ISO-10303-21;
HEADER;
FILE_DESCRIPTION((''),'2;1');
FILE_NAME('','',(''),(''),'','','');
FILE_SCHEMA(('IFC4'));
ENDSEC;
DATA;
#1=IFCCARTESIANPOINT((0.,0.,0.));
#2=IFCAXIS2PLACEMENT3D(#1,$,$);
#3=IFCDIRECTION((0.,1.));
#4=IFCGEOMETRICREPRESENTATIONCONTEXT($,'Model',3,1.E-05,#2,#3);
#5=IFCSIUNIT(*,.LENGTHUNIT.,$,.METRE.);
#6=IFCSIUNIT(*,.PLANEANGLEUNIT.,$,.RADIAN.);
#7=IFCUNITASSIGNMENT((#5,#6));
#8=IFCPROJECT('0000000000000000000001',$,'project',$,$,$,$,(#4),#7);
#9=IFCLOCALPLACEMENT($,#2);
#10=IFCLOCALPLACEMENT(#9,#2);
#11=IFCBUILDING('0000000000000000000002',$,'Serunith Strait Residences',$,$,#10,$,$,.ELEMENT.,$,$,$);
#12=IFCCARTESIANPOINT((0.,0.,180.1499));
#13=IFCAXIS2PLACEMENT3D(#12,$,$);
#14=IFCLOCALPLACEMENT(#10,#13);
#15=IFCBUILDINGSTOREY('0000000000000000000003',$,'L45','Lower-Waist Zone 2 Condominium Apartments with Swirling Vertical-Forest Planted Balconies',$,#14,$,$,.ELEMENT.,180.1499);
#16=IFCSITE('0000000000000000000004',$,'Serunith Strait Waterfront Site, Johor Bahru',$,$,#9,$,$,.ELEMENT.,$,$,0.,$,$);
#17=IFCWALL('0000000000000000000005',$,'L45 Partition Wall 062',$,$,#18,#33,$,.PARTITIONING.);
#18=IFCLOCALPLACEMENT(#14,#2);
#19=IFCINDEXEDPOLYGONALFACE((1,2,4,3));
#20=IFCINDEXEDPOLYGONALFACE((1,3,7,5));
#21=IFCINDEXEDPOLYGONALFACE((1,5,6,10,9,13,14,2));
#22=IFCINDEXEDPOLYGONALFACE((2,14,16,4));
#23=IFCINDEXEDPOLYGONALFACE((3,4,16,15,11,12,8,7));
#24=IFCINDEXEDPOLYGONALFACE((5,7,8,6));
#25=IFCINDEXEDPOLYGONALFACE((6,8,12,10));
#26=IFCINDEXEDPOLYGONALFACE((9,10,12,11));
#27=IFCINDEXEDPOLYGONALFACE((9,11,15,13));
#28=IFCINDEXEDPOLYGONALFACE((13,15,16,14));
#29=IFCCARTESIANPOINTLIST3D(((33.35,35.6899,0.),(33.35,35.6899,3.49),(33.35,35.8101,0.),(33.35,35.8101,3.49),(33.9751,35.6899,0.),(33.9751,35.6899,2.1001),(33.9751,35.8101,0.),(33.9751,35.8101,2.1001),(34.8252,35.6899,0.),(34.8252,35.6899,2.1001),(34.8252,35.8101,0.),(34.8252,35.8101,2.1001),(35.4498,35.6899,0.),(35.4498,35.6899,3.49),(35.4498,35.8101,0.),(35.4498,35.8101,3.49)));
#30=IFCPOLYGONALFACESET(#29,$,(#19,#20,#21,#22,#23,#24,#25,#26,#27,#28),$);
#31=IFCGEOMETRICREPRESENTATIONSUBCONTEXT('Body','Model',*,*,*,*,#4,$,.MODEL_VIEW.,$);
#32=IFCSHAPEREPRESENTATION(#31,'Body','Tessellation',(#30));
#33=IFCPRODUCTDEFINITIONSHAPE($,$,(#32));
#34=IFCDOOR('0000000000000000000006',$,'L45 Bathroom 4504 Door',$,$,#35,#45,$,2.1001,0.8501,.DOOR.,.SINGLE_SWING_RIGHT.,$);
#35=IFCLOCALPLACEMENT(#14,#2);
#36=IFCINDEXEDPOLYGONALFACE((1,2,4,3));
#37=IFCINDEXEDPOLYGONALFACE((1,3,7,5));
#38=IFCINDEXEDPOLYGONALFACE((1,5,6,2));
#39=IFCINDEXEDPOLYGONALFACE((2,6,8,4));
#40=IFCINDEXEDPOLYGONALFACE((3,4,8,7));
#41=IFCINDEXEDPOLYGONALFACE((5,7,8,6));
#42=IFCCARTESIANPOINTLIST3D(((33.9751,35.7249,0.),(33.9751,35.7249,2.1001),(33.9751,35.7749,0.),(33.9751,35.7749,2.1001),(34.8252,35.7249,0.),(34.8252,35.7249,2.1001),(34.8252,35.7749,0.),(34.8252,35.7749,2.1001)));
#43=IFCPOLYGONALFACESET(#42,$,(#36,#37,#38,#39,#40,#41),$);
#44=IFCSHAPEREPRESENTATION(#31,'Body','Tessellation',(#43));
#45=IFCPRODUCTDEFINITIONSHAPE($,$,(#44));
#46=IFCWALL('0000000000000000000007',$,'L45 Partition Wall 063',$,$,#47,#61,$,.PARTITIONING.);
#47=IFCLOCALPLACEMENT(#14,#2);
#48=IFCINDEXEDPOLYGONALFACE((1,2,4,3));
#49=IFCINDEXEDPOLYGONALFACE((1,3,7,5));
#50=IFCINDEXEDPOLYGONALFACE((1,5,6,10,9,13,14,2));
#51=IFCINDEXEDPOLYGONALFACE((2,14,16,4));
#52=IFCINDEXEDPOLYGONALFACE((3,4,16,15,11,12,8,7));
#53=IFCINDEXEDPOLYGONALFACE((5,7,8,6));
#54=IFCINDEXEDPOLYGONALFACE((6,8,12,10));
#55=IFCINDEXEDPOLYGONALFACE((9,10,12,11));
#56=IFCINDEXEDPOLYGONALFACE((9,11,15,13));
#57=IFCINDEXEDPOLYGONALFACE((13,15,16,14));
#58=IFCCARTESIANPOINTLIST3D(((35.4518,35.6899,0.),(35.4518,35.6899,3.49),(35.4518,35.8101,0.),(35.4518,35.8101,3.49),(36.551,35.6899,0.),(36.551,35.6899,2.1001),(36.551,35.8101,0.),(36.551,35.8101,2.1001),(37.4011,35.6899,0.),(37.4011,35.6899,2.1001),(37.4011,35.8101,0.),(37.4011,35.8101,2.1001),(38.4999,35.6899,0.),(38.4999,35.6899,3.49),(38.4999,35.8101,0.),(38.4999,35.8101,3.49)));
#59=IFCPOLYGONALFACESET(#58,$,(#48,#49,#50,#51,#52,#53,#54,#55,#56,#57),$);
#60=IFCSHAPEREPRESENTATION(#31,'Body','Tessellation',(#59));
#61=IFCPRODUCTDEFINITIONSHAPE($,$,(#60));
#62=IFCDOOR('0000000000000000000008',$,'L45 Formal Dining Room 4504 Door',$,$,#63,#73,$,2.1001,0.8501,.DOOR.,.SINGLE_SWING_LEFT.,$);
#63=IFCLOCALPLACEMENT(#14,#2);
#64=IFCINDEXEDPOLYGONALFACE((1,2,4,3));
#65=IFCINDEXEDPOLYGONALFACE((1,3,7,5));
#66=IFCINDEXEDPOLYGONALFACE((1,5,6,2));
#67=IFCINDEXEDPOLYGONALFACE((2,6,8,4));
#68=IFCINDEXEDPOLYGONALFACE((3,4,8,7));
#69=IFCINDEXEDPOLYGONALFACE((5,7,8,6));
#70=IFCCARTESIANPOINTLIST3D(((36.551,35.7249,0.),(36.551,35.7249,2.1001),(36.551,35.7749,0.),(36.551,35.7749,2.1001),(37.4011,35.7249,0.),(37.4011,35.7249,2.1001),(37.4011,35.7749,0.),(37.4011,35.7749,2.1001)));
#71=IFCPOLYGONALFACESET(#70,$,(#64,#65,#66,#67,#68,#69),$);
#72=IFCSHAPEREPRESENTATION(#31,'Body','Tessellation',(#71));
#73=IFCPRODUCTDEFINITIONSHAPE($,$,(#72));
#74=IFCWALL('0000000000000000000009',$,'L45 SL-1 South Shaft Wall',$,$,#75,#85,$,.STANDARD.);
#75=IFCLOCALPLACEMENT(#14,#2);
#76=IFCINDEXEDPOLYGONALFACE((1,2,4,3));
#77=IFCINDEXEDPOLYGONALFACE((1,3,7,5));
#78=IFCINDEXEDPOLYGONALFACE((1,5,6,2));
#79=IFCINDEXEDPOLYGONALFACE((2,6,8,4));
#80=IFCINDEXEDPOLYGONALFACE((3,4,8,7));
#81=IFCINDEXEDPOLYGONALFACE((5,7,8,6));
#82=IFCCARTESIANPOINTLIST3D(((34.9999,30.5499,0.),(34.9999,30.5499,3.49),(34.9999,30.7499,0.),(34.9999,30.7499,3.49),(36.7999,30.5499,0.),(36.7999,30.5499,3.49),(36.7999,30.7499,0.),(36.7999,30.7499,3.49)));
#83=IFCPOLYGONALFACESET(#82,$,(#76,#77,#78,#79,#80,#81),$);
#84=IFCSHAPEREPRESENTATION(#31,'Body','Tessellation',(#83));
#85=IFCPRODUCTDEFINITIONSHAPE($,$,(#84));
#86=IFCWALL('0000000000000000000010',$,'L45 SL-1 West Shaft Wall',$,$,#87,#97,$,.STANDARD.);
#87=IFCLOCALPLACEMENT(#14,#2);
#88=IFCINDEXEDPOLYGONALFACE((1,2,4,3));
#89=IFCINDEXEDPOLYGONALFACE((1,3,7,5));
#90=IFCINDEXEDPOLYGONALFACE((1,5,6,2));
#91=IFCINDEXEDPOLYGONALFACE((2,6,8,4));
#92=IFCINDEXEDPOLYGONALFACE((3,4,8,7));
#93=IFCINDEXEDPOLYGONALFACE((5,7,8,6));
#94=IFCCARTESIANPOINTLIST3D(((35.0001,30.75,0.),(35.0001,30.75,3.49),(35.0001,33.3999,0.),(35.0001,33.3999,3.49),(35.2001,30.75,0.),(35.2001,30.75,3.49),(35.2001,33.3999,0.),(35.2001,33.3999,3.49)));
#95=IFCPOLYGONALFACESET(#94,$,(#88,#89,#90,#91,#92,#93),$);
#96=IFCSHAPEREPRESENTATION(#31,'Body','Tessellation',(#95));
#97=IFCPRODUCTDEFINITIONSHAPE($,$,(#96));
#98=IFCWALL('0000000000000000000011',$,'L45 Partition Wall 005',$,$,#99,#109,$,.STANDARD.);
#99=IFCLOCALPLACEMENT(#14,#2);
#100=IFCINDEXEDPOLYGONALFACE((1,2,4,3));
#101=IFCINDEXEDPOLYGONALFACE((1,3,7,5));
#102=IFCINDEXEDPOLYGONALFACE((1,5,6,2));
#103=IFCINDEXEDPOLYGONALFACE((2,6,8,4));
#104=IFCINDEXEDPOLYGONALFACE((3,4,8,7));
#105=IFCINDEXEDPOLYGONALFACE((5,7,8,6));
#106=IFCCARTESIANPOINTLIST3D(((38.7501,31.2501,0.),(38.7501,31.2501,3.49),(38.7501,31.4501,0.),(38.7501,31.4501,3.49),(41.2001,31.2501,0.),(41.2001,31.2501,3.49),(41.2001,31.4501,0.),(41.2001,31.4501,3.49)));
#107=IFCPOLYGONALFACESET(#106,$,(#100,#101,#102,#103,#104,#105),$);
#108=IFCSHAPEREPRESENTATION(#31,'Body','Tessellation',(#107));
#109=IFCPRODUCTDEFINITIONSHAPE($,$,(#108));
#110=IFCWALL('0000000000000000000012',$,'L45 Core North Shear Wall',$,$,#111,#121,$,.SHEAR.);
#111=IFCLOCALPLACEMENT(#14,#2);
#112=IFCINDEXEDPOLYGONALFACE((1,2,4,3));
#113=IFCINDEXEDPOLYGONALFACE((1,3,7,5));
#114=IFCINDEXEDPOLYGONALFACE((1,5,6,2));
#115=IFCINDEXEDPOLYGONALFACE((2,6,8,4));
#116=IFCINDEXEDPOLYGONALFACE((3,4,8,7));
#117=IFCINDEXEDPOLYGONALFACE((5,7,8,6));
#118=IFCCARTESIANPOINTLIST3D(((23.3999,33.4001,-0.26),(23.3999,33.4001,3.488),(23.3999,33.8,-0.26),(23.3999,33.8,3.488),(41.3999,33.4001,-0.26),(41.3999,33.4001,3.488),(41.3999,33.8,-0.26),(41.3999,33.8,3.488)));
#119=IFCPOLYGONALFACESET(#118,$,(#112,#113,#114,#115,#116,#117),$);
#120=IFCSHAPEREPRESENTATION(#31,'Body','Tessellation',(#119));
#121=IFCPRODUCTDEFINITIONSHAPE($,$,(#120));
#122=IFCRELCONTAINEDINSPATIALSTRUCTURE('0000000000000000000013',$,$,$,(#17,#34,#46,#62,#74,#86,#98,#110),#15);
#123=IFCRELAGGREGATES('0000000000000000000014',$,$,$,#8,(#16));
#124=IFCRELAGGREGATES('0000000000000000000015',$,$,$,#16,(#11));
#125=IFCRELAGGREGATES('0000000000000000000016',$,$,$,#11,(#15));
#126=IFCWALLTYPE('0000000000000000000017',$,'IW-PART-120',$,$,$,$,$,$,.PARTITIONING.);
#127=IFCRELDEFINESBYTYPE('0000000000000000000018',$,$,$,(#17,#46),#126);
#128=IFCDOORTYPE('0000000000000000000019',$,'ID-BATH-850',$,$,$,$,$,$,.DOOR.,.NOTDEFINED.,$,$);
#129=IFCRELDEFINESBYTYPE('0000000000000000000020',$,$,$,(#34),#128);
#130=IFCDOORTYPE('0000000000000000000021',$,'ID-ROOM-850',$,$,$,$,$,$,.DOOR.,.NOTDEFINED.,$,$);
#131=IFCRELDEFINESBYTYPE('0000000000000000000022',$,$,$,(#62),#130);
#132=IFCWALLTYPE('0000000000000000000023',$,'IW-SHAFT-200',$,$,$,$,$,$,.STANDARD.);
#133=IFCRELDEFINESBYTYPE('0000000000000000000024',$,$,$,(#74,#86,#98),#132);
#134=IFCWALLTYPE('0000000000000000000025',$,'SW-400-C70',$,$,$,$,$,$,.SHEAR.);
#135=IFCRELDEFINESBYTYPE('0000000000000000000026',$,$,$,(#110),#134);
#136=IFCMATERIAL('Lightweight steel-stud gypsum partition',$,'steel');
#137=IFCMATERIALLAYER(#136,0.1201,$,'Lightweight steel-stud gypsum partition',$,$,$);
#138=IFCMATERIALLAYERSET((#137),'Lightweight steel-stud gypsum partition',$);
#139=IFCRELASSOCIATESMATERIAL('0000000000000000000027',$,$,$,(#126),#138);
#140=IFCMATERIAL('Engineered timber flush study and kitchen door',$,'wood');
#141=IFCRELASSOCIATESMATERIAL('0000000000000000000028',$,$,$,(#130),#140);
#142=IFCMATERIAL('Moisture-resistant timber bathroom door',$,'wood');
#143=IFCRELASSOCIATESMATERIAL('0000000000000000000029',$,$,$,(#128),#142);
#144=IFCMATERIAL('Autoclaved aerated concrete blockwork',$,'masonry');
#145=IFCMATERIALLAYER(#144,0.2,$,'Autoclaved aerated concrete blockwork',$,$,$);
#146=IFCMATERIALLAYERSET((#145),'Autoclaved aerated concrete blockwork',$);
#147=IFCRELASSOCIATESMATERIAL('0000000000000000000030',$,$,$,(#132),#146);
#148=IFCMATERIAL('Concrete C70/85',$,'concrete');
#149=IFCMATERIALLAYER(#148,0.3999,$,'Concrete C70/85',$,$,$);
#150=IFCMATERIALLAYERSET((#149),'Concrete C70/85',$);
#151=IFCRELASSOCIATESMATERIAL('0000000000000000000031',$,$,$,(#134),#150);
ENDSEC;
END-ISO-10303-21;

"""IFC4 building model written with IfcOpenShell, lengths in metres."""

from ifc_helpers import new_model, si_unit, direction, frame, frame_2d, origin, place, context, subcontext, project, spatial, rectangle, extrude, source, transform, mapped, material, layer, layer_set, type_object, element, fill, save


model = new_model("IFC4")

# Units and contexts
model_context = context("Model", 3, precision=1e-05, world=origin(), true_north=direction((0.0, 1.0)))
body_context = subcontext(model_context, "Body", "Model", "MODEL_VIEW")
ifc_project = project(units=[si_unit("LENGTHUNIT", "METRE"), si_unit("PLANEANGLEUNIT", "RADIAN")], contexts=[model_context])

# Site, building, storey
site_placement = place(None, origin())
site = spatial("IfcSite", under=ifc_project, at=site_placement, Name="Serunith Strait Waterfront Site, Johor Bahru", CompositionType="ELEMENT", RefElevation=0.0)
building_placement = place(site_placement, origin())
building = spatial("IfcBuilding", under=site, at=building_placement, Name="Serunith Strait Residences", CompositionType="ELEMENT")
storey_placement = place(building_placement, frame((0.0, 0.0, 180.1499)))
storey = spatial("IfcBuildingStorey", under=building, at=storey_placement, Name="L45", Description="Lower-Waist Zone 2 Condominium Apartments with Swirling Vertical-Forest Planted Balconies", CompositionType="ELEMENT", Elevation=180.1499)

# Walls, openings, doors
shared_shape_1 = source(origin(), body_context, "Body", "SweptSolid", [
    extrude(rectangle(XDim=0.8501, YDim=2.1001, at=frame_2d((0.425, 1.05))), frame((0.0, 0.0249, 0.0), z_axis=(0.0, -1.0, 0.0), x_axis=(1.0, 0.0, 0.0)), (0.0, 0.0, 1.0), 0.05),
])
ifc_material_1 = material(Name="Lightweight steel-stud gypsum partition", Category="steel")
ifc_layer_1 = layer(ifc_material_1, 0.1201, Name="Lightweight steel-stud gypsum partition")
ifc_layer_set_1 = layer_set([ifc_layer_1], Name="Lightweight steel-stud gypsum partition")
wall_type_1 = type_object("IfcWallType", Name="IW-PART-120", PredefinedType="PARTITIONING", material=ifc_layer_set_1)
ifc_material_2 = material(Name="Engineered timber flush study and kitchen door", Category="wood")
door_type_1 = type_object("IfcDoorType", Name="ID-ROOM-850", OperationType="NOTDEFINED", PredefinedType="DOOR", material=ifc_material_2)
wall_1_placement = place(storey_placement, frame((33.3501, 35.75, 0.0), z_axis=(0.0, 0.0, 1.0), x_axis=(1.0, 0.0, 0.0)))
wall_1 = element("IfcWall", 1, at=wall_1_placement, inside=storey, type_object=wall_type_1, Name="L45 Partition Wall 062", PredefinedType="PARTITIONING", context=body_context, shape_type="SweptSolid", body=[
    extrude(rectangle(XDim=2.0999, YDim=0.1201, at=frame_2d((1.0498, 0.0))), origin(), (0.0, 0.0, 1.0), 3.49),
])
opening_1_placement = place(wall_1_placement, frame((0.625, 0.0, 0.0)))
opening_1 = element("IfcOpeningElement", 2, at=opening_1_placement, cuts=wall_1, PredefinedType="OPENING", context=body_context, shape_type="SweptSolid", body=[
    extrude(rectangle(XDim=0.8501, YDim=2.1001, at=frame_2d((0.425, 1.05))), frame((0.0, 0.0701, 0.0), z_axis=(0.0, -1.0, 0.0), x_axis=(1.0, 0.0, 0.0)), (0.0, 0.0, 1.0), 0.1401),
])
ifc_material_3 = material(Name="Moisture-resistant timber bathroom door", Category="wood")
door_type_2 = type_object("IfcDoorType", Name="ID-BATH-850", OperationType="NOTDEFINED", PredefinedType="DOOR", material=ifc_material_3)
door_1_placement = place(opening_1_placement, origin())
door_1 = element("IfcDoor", 3, at=door_1_placement, inside=storey, type_object=door_type_2, Name="L45 Bathroom 4504 Door", OperationType="SINGLE_SWING_RIGHT", OverallHeight=2.1001, OverallWidth=0.8501, PredefinedType="DOOR", context=body_context, shape_type="MappedRepresentation", body=[
    mapped(shared_shape_1, transform((0.0, 0.0, 0.0), scale=1.0)),
])
fill(opening_1, door_1)
wall_2_placement = place(storey_placement, frame((35.4519, 35.75, 0.0), z_axis=(0.0, 0.0, 1.0), x_axis=(1.0, 0.0, 0.0)))
wall_2 = element("IfcWall", 4, at=wall_2_placement, inside=storey, type_object=wall_type_1, Name="L45 Partition Wall 063", PredefinedType="PARTITIONING", context=body_context, shape_type="SweptSolid", body=[
    extrude(rectangle(XDim=3.0481, YDim=0.1201, at=frame_2d((1.5239, 0.0))), origin(), (0.0, 0.0, 1.0), 3.49),
])
opening_2_placement = place(wall_2_placement, frame((1.0991, 0.0, 0.0)))
opening_2 = element("IfcOpeningElement", 5, at=opening_2_placement, cuts=wall_2, PredefinedType="OPENING", context=body_context, shape_type="SweptSolid", body=[
    extrude(rectangle(XDim=0.8501, YDim=2.1001, at=frame_2d((0.425, 1.05))), frame((0.0, 0.0701, 0.0), z_axis=(0.0, -1.0, 0.0), x_axis=(1.0, 0.0, 0.0)), (0.0, 0.0, 1.0), 0.1401),
])
door_2_placement = place(opening_2_placement, origin())
door_2 = element("IfcDoor", 6, at=door_2_placement, inside=storey, type_object=door_type_1, Name="L45 Formal Dining Room 4504 Door", OperationType="SINGLE_SWING_LEFT", OverallHeight=2.1001, OverallWidth=0.8501, PredefinedType="DOOR", context=body_context, shape_type="MappedRepresentation", body=[
    mapped(shared_shape_1, transform((0.0, 0.0, 0.0), scale=1.0)),
])
fill(opening_2, door_2)

# Walls
ifc_material_4 = material(Name="Autoclaved aerated concrete blockwork", Category="masonry")
ifc_layer_2 = layer(ifc_material_4, 0.2, Name="Autoclaved aerated concrete blockwork")
ifc_layer_set_2 = layer_set([ifc_layer_2], Name="Autoclaved aerated concrete blockwork")
wall_type_2 = type_object("IfcWallType", Name="IW-SHAFT-200", PredefinedType="STANDARD", material=ifc_layer_set_2)
wall_3_placement = place(storey_placement, frame((35.0, 30.6499, 0.0), z_axis=(0.0, 0.0, 1.0), x_axis=(1.0, 0.0, 0.0)))
element("IfcWall", 7, at=wall_3_placement, inside=storey, type_object=wall_type_2, Name="L45 SL-1 South Shaft Wall", PredefinedType="STANDARD", context=body_context, shape_type="SweptSolid", body=[
    extrude(rectangle(XDim=1.8, YDim=0.2, at=frame_2d((0.8999, 0.0))), origin(), (0.0, 0.0, 1.0), 3.49),
])
wall_4_placement = place(storey_placement, frame((35.1001, 30.75, 0.0), z_axis=(0.0, 0.0, 1.0), x_axis=(0.0, 1.0, 0.0)))
element("IfcWall", 8, at=wall_4_placement, inside=storey, type_object=wall_type_2, Name="L45 SL-1 West Shaft Wall", PredefinedType="STANDARD", context=body_context, shape_type="SweptSolid", body=[
    extrude(rectangle(XDim=2.6499, YDim=0.2, at=frame_2d((1.325, 0.0))), origin(), (0.0, 0.0, 1.0), 3.49),
])
wall_5_placement = place(storey_placement, frame((38.75, 31.3501, 0.0), z_axis=(0.0, 0.0, 1.0), x_axis=(1.0, 0.0, 0.0)))
element("IfcWall", 9, at=wall_5_placement, inside=storey, type_object=wall_type_2, Name="L45 Partition Wall 005", PredefinedType="STANDARD", context=body_context, shape_type="SweptSolid", body=[
    extrude(rectangle(XDim=2.45, YDim=0.2, at=frame_2d((1.2251, 0.0))), origin(), (0.0, 0.0, 1.0), 3.49),
])
ifc_material_5 = material(Name="Concrete C70/85", Category="concrete")
ifc_layer_3 = layer(ifc_material_5, 0.3999, Name="Concrete C70/85")
ifc_layer_set_3 = layer_set([ifc_layer_3], Name="Concrete C70/85")
wall_type_3 = type_object("IfcWallType", Name="SW-400-C70", PredefinedType="SHEAR", material=ifc_layer_set_3)
wall_6_placement = place(storey_placement, frame((41.3999, 33.6001, -0.26), z_axis=(0.0, 0.0, 1.0), x_axis=(-1.0, 0.0, 0.0)))
element("IfcWall", 10, at=wall_6_placement, inside=storey, type_object=wall_type_3, Name="L45 Core North Shear Wall", PredefinedType="SHEAR", context=body_context, shape_type="SweptSolid", body=[
    extrude(rectangle(XDim=18.0, YDim=0.3999, at=frame_2d((9.0, 0.0))), origin(), (0.0, 0.0, 1.0), 3.748),
])

save(model, "model.ifc")
